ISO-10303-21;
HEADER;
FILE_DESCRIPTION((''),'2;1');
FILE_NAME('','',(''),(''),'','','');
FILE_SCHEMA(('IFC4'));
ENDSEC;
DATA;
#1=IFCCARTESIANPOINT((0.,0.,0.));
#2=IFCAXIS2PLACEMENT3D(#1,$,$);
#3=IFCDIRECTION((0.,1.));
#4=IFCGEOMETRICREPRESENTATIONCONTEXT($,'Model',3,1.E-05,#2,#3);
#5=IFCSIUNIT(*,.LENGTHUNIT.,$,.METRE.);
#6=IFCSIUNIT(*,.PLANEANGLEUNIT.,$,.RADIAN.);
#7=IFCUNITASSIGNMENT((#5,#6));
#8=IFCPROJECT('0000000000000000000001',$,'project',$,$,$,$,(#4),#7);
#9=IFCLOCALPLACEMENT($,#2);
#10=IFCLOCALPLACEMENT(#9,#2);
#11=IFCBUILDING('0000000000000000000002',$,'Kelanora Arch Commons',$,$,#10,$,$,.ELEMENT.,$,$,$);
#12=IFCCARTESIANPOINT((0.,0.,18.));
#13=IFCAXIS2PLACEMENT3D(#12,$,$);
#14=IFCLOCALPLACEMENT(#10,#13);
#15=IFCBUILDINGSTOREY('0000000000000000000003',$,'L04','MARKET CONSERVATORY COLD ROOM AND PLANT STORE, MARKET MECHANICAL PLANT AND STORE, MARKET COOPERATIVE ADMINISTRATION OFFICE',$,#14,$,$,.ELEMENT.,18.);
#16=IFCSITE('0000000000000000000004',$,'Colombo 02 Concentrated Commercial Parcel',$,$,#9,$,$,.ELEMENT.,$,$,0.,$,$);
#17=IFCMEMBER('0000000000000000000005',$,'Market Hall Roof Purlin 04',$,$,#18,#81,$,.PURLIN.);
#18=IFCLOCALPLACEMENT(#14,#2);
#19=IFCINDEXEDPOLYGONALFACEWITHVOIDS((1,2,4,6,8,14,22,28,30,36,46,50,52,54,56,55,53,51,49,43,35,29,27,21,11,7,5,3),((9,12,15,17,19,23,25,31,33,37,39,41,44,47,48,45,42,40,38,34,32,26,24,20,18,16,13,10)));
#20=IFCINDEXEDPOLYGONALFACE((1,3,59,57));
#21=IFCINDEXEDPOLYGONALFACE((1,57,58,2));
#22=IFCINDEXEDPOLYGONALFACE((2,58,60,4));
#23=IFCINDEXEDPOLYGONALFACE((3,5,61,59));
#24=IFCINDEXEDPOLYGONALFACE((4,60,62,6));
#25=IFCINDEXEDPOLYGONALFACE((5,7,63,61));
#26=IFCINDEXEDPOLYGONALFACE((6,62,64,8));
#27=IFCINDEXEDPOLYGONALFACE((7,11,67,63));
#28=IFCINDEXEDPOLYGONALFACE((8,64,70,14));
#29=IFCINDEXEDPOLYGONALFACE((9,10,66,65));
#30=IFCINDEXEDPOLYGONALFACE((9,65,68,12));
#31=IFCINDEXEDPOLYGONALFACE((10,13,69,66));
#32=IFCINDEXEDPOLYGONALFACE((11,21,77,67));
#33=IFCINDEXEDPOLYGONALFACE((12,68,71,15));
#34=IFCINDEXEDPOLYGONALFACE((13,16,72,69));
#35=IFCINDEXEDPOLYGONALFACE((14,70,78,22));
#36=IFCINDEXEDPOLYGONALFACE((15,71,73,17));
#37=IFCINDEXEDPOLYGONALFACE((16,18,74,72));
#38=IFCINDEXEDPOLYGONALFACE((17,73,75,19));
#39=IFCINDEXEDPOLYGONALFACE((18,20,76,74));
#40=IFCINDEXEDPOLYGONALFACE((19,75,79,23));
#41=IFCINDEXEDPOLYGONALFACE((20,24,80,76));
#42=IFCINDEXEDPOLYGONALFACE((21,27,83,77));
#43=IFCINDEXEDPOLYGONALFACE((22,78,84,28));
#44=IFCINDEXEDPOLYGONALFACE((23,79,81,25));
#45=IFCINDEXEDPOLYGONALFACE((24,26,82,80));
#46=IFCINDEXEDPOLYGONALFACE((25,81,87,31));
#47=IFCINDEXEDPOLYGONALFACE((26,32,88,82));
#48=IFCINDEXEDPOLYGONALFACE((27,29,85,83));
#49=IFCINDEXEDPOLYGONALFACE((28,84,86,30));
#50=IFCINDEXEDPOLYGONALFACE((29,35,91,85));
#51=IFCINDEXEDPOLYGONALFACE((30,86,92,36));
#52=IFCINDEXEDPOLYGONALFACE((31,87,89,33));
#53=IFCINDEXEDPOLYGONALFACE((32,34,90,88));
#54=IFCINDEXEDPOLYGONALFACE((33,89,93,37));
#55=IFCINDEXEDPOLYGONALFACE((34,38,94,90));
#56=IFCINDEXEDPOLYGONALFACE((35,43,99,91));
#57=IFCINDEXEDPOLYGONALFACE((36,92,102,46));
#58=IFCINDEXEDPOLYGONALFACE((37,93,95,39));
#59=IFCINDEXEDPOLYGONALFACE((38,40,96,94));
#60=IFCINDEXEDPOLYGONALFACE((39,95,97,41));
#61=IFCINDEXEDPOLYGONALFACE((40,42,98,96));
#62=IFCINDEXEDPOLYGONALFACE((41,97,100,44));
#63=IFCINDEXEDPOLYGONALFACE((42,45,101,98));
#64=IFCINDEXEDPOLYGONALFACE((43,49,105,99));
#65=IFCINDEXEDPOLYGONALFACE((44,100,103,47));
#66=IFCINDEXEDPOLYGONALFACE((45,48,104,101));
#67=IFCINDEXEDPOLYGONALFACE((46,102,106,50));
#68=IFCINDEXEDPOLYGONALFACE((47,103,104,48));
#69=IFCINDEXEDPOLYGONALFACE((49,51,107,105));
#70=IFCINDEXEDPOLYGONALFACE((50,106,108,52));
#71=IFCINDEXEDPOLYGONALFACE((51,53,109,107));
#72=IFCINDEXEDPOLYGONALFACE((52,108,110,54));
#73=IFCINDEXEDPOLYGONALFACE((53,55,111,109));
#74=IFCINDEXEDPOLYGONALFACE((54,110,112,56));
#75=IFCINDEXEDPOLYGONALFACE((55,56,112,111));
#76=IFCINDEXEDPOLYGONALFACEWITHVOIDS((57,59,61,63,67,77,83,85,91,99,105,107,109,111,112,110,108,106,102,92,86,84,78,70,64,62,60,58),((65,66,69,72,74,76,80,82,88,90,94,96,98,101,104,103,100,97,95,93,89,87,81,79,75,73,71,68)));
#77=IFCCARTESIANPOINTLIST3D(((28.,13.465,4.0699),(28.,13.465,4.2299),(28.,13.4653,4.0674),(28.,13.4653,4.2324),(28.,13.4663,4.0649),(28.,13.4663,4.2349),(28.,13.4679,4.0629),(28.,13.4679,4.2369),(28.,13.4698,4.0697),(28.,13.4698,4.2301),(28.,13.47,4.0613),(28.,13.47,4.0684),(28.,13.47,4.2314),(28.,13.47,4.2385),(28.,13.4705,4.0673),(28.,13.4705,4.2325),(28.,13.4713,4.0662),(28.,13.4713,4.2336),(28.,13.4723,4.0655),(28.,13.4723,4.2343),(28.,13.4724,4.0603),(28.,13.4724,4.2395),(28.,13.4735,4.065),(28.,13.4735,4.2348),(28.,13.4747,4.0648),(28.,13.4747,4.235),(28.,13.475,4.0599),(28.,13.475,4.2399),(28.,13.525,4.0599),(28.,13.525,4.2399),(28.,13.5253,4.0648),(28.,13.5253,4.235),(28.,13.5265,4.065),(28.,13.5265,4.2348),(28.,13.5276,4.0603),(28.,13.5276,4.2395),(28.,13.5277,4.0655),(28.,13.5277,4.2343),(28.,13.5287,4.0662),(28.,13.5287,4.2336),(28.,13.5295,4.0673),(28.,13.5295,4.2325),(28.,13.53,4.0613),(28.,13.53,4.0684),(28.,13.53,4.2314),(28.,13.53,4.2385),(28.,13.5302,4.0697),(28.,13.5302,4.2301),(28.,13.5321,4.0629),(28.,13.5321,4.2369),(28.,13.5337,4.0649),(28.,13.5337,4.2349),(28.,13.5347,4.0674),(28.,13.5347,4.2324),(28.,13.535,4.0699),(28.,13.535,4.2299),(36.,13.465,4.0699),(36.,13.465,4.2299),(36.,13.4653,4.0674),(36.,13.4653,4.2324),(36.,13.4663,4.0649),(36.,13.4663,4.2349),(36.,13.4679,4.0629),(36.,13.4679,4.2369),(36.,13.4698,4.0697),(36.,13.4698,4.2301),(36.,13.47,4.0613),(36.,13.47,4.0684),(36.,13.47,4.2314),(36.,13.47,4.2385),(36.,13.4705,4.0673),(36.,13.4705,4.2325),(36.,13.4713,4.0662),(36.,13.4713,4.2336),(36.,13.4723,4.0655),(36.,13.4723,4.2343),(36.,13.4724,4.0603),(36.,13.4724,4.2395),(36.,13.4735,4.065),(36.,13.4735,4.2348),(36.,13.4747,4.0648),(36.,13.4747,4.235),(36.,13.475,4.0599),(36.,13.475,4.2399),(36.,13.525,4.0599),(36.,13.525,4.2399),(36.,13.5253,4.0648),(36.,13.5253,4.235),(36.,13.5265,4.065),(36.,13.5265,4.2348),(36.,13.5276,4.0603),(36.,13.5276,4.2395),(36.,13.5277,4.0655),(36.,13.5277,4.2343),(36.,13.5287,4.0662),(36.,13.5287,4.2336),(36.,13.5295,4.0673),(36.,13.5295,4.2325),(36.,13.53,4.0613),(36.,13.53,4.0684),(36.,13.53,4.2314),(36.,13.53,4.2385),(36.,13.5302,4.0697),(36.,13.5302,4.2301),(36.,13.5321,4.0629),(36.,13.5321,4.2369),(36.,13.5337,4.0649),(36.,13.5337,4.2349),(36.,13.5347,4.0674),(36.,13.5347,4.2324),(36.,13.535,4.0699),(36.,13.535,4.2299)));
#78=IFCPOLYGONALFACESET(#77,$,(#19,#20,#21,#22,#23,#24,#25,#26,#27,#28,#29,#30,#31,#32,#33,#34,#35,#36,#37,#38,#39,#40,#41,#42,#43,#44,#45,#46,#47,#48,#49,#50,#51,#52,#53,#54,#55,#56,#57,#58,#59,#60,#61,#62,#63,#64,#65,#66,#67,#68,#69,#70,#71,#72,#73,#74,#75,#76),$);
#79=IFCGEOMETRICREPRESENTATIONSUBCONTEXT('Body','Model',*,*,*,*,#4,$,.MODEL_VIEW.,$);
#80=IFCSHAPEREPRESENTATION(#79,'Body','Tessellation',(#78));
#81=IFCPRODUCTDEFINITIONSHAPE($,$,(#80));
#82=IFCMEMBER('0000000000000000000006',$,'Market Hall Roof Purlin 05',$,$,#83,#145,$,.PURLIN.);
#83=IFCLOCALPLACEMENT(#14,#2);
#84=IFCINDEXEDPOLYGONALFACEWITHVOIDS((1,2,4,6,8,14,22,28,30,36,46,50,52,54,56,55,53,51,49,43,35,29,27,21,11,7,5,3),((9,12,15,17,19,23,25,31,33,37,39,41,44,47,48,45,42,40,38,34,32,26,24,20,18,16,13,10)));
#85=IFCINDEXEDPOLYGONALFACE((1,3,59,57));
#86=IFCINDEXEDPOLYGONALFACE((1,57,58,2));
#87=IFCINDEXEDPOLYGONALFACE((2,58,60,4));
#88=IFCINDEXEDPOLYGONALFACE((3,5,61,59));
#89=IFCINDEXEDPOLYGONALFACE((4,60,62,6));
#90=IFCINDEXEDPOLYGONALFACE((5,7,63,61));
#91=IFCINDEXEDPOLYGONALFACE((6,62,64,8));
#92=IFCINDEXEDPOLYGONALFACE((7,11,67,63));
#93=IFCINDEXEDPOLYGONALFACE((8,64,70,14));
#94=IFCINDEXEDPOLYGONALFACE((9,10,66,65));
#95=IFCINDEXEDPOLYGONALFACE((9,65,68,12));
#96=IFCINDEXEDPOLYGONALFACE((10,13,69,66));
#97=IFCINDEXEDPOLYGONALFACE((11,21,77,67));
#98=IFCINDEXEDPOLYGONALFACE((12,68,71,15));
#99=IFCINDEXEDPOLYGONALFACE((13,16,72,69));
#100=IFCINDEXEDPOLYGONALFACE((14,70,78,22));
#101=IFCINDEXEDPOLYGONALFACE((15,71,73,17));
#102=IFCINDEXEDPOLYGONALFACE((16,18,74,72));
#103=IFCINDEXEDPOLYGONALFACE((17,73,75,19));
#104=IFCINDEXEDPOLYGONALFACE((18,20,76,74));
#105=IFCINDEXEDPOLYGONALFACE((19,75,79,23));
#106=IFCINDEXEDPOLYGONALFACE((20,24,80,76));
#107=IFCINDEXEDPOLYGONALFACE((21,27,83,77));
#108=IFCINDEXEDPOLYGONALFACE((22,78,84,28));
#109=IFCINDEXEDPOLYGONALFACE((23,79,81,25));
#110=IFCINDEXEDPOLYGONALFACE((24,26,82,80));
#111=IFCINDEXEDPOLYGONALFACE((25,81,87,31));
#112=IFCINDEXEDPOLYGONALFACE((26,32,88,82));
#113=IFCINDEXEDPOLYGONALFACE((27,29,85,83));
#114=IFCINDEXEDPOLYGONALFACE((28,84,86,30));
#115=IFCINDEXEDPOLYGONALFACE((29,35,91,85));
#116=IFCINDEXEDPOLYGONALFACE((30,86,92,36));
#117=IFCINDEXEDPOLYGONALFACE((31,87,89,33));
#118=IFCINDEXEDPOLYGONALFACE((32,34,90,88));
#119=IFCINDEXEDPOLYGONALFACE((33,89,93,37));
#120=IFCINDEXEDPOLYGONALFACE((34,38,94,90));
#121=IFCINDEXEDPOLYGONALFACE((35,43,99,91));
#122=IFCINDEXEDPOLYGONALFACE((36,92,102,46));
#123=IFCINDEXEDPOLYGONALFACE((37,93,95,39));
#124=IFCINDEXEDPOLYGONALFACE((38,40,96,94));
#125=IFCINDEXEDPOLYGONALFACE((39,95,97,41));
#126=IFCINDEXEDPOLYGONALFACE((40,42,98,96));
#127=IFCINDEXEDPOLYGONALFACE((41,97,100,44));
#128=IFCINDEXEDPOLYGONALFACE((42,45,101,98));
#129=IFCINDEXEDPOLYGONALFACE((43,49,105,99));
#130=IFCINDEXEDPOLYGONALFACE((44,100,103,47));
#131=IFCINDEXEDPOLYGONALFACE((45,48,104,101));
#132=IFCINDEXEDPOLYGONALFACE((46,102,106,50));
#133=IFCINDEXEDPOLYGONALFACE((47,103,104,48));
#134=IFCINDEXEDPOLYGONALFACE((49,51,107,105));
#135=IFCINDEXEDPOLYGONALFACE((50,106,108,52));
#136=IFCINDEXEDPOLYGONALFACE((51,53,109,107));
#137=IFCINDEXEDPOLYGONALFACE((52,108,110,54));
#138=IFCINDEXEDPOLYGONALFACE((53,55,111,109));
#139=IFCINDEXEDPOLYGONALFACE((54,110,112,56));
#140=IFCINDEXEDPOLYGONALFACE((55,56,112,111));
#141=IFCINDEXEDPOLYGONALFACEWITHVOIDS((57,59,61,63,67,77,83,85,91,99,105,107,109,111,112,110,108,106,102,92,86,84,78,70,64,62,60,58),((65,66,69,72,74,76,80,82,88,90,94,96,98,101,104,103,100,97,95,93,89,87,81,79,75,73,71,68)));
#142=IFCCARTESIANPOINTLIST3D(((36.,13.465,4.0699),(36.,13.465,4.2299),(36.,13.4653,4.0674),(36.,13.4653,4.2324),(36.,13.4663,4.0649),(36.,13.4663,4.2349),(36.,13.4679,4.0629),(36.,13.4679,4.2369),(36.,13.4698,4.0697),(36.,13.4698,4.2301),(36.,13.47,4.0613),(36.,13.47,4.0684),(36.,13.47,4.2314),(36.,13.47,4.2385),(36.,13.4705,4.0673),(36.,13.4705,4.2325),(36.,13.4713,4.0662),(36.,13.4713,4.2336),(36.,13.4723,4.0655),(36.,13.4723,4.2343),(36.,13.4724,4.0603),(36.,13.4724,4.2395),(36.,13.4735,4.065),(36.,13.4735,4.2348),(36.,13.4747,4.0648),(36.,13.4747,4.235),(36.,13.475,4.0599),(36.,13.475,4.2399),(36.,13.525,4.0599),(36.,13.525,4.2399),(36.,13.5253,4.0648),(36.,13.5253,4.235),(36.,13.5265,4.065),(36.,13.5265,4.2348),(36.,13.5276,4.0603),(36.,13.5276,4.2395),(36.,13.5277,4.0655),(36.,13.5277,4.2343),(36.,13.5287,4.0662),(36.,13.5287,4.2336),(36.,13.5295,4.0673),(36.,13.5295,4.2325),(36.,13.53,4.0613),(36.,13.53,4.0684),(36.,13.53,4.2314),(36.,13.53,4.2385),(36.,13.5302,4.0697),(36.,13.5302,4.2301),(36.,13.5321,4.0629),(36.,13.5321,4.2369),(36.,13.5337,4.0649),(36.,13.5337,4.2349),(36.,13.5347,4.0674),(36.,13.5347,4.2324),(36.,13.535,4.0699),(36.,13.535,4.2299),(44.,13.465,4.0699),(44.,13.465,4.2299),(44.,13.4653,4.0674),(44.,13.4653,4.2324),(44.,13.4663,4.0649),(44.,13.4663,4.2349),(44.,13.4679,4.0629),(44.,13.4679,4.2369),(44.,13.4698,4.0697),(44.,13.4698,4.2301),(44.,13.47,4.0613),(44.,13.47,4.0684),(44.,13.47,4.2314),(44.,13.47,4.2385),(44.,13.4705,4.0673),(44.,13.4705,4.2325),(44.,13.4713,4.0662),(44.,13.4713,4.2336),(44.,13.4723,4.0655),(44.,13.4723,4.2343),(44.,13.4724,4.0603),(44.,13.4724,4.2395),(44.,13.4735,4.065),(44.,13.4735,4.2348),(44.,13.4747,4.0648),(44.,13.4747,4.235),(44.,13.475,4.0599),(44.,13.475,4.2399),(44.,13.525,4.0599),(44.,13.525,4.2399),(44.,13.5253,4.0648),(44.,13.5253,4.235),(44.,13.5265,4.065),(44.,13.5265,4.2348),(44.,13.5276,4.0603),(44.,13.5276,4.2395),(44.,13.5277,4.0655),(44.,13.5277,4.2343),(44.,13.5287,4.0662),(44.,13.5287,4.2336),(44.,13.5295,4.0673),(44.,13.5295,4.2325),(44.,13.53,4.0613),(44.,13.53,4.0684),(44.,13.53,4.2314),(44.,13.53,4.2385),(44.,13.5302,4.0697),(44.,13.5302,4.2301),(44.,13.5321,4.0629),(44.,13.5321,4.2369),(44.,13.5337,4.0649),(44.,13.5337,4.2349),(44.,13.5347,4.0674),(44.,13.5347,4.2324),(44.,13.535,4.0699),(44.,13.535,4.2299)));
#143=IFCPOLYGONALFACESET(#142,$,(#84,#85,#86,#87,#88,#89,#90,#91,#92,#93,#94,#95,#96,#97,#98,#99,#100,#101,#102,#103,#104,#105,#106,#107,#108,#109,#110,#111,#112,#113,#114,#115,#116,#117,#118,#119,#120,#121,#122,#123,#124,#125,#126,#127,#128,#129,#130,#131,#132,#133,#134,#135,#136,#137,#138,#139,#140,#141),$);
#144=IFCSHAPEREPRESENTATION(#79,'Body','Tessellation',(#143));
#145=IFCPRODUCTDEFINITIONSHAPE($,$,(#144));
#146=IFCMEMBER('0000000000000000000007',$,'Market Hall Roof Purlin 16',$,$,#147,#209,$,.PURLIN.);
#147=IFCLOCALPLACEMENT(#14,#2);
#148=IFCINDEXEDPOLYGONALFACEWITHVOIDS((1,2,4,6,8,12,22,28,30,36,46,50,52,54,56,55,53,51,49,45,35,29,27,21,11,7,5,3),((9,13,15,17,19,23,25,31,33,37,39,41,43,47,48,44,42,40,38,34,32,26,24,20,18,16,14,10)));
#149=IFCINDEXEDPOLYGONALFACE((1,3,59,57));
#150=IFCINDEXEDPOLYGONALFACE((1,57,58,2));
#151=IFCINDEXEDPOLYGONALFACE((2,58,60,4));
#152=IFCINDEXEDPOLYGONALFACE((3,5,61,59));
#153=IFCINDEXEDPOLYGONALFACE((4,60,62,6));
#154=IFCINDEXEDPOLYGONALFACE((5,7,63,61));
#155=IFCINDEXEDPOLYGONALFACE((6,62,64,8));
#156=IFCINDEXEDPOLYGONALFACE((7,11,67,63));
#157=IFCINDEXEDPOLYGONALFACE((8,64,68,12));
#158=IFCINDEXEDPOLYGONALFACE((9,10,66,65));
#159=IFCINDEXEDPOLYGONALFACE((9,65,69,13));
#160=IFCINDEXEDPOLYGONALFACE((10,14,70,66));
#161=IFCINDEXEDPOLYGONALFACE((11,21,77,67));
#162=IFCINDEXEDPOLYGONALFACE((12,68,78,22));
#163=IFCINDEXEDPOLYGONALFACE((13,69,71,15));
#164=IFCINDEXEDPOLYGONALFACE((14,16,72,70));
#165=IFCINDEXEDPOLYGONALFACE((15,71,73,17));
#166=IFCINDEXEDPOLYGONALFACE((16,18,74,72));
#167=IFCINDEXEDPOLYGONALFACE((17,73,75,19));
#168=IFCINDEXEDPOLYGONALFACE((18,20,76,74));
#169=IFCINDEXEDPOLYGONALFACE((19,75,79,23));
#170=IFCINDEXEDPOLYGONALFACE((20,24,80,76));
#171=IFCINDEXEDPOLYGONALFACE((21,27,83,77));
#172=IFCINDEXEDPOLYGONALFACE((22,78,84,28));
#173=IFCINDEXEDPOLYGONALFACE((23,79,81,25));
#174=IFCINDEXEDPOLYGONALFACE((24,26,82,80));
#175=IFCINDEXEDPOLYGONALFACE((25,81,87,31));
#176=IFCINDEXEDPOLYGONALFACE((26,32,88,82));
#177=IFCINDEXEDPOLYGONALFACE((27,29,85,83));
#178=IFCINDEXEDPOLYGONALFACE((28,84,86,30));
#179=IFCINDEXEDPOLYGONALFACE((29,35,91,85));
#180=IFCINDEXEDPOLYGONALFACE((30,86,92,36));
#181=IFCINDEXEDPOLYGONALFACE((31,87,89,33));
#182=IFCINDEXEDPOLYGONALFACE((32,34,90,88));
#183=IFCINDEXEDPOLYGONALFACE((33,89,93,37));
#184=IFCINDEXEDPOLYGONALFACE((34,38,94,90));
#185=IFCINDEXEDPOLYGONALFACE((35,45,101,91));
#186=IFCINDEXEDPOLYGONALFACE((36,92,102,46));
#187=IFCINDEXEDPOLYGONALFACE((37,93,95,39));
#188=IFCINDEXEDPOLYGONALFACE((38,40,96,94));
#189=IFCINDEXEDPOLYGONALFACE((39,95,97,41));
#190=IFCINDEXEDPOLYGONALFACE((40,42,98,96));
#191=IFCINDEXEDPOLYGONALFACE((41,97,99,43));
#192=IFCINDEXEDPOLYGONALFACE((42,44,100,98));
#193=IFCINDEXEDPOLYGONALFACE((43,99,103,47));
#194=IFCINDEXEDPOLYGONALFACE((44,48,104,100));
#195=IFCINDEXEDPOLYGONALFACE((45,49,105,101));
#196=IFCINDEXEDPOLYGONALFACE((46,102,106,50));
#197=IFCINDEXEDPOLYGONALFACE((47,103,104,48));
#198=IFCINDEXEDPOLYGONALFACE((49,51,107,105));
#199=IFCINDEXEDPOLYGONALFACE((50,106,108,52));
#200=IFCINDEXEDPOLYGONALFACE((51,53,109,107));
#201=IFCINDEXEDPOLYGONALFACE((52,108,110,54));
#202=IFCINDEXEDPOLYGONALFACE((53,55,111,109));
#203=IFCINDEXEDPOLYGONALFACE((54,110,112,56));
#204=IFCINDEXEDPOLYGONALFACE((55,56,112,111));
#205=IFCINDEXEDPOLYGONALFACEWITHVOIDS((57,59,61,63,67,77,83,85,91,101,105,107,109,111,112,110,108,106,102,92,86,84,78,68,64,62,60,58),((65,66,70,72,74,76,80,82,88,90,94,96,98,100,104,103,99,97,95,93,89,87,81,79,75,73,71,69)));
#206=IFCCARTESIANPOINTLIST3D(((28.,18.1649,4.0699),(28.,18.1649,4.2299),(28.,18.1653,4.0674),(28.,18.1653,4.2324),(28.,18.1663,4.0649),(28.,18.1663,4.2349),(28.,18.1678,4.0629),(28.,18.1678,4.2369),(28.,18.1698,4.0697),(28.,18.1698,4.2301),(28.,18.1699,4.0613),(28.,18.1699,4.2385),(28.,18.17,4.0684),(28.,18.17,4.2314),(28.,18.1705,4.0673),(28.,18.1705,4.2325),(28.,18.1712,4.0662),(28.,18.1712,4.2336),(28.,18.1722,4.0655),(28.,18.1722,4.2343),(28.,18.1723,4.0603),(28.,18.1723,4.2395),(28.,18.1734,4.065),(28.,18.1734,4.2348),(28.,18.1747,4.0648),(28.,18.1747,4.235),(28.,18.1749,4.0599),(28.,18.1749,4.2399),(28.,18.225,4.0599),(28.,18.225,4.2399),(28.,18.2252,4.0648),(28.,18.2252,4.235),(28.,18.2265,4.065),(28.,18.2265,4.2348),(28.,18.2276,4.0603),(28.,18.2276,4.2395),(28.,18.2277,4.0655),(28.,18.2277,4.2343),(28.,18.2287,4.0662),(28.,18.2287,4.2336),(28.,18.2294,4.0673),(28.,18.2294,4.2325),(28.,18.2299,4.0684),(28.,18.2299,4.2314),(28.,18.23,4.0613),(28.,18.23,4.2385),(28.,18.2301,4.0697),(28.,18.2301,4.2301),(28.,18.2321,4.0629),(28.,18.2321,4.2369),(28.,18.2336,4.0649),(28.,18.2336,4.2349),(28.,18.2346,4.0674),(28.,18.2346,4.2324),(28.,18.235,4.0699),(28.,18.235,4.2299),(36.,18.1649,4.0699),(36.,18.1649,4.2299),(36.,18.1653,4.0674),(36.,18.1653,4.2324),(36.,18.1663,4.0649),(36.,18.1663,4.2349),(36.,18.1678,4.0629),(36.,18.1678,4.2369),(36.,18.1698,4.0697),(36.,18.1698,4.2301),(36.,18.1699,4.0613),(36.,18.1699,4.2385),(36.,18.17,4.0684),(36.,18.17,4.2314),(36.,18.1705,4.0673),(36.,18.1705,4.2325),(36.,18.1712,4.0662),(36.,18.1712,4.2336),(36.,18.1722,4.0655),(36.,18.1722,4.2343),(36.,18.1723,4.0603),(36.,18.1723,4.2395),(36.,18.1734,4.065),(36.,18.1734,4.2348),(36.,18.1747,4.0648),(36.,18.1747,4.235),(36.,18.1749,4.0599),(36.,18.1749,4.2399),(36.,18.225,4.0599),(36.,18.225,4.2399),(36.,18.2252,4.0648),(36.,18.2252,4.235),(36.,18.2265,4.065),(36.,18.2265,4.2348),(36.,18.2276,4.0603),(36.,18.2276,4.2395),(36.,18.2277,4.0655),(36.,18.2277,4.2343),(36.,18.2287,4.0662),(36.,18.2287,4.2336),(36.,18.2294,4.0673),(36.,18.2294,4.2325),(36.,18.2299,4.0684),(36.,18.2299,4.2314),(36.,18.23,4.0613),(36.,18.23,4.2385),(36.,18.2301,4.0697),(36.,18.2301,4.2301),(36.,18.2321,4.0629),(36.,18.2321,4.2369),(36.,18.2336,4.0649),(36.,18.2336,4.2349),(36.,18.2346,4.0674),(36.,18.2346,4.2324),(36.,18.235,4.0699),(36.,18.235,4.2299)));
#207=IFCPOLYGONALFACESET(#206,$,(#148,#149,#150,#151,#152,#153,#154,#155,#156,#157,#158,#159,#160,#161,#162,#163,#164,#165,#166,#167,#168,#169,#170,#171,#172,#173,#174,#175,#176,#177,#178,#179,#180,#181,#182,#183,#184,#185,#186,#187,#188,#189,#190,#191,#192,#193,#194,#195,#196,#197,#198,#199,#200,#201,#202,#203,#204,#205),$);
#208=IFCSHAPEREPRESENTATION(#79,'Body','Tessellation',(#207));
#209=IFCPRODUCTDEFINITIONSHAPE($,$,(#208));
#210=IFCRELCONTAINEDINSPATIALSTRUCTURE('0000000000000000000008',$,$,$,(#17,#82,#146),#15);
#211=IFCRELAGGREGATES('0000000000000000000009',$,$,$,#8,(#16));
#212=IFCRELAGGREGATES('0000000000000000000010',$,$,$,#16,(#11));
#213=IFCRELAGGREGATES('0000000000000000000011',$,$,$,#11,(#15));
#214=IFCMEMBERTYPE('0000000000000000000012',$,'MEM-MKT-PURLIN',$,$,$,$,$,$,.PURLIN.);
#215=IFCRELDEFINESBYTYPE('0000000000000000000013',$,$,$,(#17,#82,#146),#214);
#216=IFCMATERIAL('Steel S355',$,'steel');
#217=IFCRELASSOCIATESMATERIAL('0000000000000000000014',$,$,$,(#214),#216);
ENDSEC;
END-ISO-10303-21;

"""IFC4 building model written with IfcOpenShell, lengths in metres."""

from ifc_helpers import new_model, si_unit, direction, frame, origin, origin_2d, place, context, subcontext, project, spatial, hollow_rectangle, extrude, material, material_profile, profile_set, type_object, element, save


model = new_model("IFC4")

# Units and contexts
model_context = context("Model", 3, precision=1e-05, world=origin(), true_north=direction((0.0, 1.0)))
body_context = subcontext(model_context, "Body", "Model", "MODEL_VIEW")
ifc_project = project(units=[si_unit("LENGTHUNIT", "METRE"), si_unit("PLANEANGLEUNIT", "RADIAN")], contexts=[model_context])

# Site, building, storey
site_placement = place(None, origin())
site = spatial("IfcSite", under=ifc_project, at=site_placement, Name="Colombo 02 Concentrated Commercial Parcel", CompositionType="ELEMENT", RefElevation=0.0)
building_placement = place(site_placement, origin())
building = spatial("IfcBuilding", under=site, at=building_placement, Name="Kelanora Arch Commons", CompositionType="ELEMENT")
storey_placement = place(building_placement, frame((0.0, 0.0, 18.0)))
storey = spatial("IfcBuildingStorey", under=building, at=storey_placement, Name="L04", Description="MARKET CONSERVATORY COLD ROOM AND PLANT STORE, MARKET MECHANICAL PLANT AND STORE, MARKET COOPERATIVE ADMINISTRATION OFFICE", CompositionType="ELEMENT", Elevation=18.0)

# Shared definitions
ifc_material_1 = material(Name="Steel S355", Category="steel")

# Members
ifc_material_profile_1 = material_profile(ifc_material_1, hollow_rectangle(XDim=0.0701, YDim=0.1799, WallThickness=0.0049, InnerFilletRadius=0.0049, OuterFilletRadius=0.01, at=origin_2d()), Name="RHS180x70x5")
ifc_profile_set_1 = profile_set([ifc_material_profile_1], Name="Steel S355")
member_type = type_object("IfcMemberType", Name="MEM-MKT-PURLIN", PredefinedType="PURLIN", material=ifc_profile_set_1)
for number, where, z_axis, x_axis, name in (
    (1, (28.0, 13.5, 4.1499), (1.0, 0.0, 0.0), (0.0, 1.0, 0.0), "Market Hall Roof Purlin 04"),
    (2, (36.0, 13.5, 4.1499), (1.0, 0.0, 0.0), (0.0, 1.0, 0.0), "Market Hall Roof Purlin 05"),
    (3, (28.0, 18.2, 4.1499), (1.0, 0.0, 0.0), (0.0, 1.0, 0.0), "Market Hall Roof Purlin 16"),
):
    element("IfcMember", number, at=place(storey_placement, frame(where, z_axis=z_axis, x_axis=x_axis)), inside=storey, type_object=member_type, Name=name, PredefinedType="PURLIN", context=body_context, shape_type="SweptSolid", body=[
        extrude(hollow_rectangle(XDim=0.0701, YDim=0.1799, WallThickness=0.0049, InnerFilletRadius=0.0049, OuterFilletRadius=0.01, at=origin_2d()), origin(), (0.0, 0.0, 1.0), 8.0),
    ])

save(model, "model.ifc")
